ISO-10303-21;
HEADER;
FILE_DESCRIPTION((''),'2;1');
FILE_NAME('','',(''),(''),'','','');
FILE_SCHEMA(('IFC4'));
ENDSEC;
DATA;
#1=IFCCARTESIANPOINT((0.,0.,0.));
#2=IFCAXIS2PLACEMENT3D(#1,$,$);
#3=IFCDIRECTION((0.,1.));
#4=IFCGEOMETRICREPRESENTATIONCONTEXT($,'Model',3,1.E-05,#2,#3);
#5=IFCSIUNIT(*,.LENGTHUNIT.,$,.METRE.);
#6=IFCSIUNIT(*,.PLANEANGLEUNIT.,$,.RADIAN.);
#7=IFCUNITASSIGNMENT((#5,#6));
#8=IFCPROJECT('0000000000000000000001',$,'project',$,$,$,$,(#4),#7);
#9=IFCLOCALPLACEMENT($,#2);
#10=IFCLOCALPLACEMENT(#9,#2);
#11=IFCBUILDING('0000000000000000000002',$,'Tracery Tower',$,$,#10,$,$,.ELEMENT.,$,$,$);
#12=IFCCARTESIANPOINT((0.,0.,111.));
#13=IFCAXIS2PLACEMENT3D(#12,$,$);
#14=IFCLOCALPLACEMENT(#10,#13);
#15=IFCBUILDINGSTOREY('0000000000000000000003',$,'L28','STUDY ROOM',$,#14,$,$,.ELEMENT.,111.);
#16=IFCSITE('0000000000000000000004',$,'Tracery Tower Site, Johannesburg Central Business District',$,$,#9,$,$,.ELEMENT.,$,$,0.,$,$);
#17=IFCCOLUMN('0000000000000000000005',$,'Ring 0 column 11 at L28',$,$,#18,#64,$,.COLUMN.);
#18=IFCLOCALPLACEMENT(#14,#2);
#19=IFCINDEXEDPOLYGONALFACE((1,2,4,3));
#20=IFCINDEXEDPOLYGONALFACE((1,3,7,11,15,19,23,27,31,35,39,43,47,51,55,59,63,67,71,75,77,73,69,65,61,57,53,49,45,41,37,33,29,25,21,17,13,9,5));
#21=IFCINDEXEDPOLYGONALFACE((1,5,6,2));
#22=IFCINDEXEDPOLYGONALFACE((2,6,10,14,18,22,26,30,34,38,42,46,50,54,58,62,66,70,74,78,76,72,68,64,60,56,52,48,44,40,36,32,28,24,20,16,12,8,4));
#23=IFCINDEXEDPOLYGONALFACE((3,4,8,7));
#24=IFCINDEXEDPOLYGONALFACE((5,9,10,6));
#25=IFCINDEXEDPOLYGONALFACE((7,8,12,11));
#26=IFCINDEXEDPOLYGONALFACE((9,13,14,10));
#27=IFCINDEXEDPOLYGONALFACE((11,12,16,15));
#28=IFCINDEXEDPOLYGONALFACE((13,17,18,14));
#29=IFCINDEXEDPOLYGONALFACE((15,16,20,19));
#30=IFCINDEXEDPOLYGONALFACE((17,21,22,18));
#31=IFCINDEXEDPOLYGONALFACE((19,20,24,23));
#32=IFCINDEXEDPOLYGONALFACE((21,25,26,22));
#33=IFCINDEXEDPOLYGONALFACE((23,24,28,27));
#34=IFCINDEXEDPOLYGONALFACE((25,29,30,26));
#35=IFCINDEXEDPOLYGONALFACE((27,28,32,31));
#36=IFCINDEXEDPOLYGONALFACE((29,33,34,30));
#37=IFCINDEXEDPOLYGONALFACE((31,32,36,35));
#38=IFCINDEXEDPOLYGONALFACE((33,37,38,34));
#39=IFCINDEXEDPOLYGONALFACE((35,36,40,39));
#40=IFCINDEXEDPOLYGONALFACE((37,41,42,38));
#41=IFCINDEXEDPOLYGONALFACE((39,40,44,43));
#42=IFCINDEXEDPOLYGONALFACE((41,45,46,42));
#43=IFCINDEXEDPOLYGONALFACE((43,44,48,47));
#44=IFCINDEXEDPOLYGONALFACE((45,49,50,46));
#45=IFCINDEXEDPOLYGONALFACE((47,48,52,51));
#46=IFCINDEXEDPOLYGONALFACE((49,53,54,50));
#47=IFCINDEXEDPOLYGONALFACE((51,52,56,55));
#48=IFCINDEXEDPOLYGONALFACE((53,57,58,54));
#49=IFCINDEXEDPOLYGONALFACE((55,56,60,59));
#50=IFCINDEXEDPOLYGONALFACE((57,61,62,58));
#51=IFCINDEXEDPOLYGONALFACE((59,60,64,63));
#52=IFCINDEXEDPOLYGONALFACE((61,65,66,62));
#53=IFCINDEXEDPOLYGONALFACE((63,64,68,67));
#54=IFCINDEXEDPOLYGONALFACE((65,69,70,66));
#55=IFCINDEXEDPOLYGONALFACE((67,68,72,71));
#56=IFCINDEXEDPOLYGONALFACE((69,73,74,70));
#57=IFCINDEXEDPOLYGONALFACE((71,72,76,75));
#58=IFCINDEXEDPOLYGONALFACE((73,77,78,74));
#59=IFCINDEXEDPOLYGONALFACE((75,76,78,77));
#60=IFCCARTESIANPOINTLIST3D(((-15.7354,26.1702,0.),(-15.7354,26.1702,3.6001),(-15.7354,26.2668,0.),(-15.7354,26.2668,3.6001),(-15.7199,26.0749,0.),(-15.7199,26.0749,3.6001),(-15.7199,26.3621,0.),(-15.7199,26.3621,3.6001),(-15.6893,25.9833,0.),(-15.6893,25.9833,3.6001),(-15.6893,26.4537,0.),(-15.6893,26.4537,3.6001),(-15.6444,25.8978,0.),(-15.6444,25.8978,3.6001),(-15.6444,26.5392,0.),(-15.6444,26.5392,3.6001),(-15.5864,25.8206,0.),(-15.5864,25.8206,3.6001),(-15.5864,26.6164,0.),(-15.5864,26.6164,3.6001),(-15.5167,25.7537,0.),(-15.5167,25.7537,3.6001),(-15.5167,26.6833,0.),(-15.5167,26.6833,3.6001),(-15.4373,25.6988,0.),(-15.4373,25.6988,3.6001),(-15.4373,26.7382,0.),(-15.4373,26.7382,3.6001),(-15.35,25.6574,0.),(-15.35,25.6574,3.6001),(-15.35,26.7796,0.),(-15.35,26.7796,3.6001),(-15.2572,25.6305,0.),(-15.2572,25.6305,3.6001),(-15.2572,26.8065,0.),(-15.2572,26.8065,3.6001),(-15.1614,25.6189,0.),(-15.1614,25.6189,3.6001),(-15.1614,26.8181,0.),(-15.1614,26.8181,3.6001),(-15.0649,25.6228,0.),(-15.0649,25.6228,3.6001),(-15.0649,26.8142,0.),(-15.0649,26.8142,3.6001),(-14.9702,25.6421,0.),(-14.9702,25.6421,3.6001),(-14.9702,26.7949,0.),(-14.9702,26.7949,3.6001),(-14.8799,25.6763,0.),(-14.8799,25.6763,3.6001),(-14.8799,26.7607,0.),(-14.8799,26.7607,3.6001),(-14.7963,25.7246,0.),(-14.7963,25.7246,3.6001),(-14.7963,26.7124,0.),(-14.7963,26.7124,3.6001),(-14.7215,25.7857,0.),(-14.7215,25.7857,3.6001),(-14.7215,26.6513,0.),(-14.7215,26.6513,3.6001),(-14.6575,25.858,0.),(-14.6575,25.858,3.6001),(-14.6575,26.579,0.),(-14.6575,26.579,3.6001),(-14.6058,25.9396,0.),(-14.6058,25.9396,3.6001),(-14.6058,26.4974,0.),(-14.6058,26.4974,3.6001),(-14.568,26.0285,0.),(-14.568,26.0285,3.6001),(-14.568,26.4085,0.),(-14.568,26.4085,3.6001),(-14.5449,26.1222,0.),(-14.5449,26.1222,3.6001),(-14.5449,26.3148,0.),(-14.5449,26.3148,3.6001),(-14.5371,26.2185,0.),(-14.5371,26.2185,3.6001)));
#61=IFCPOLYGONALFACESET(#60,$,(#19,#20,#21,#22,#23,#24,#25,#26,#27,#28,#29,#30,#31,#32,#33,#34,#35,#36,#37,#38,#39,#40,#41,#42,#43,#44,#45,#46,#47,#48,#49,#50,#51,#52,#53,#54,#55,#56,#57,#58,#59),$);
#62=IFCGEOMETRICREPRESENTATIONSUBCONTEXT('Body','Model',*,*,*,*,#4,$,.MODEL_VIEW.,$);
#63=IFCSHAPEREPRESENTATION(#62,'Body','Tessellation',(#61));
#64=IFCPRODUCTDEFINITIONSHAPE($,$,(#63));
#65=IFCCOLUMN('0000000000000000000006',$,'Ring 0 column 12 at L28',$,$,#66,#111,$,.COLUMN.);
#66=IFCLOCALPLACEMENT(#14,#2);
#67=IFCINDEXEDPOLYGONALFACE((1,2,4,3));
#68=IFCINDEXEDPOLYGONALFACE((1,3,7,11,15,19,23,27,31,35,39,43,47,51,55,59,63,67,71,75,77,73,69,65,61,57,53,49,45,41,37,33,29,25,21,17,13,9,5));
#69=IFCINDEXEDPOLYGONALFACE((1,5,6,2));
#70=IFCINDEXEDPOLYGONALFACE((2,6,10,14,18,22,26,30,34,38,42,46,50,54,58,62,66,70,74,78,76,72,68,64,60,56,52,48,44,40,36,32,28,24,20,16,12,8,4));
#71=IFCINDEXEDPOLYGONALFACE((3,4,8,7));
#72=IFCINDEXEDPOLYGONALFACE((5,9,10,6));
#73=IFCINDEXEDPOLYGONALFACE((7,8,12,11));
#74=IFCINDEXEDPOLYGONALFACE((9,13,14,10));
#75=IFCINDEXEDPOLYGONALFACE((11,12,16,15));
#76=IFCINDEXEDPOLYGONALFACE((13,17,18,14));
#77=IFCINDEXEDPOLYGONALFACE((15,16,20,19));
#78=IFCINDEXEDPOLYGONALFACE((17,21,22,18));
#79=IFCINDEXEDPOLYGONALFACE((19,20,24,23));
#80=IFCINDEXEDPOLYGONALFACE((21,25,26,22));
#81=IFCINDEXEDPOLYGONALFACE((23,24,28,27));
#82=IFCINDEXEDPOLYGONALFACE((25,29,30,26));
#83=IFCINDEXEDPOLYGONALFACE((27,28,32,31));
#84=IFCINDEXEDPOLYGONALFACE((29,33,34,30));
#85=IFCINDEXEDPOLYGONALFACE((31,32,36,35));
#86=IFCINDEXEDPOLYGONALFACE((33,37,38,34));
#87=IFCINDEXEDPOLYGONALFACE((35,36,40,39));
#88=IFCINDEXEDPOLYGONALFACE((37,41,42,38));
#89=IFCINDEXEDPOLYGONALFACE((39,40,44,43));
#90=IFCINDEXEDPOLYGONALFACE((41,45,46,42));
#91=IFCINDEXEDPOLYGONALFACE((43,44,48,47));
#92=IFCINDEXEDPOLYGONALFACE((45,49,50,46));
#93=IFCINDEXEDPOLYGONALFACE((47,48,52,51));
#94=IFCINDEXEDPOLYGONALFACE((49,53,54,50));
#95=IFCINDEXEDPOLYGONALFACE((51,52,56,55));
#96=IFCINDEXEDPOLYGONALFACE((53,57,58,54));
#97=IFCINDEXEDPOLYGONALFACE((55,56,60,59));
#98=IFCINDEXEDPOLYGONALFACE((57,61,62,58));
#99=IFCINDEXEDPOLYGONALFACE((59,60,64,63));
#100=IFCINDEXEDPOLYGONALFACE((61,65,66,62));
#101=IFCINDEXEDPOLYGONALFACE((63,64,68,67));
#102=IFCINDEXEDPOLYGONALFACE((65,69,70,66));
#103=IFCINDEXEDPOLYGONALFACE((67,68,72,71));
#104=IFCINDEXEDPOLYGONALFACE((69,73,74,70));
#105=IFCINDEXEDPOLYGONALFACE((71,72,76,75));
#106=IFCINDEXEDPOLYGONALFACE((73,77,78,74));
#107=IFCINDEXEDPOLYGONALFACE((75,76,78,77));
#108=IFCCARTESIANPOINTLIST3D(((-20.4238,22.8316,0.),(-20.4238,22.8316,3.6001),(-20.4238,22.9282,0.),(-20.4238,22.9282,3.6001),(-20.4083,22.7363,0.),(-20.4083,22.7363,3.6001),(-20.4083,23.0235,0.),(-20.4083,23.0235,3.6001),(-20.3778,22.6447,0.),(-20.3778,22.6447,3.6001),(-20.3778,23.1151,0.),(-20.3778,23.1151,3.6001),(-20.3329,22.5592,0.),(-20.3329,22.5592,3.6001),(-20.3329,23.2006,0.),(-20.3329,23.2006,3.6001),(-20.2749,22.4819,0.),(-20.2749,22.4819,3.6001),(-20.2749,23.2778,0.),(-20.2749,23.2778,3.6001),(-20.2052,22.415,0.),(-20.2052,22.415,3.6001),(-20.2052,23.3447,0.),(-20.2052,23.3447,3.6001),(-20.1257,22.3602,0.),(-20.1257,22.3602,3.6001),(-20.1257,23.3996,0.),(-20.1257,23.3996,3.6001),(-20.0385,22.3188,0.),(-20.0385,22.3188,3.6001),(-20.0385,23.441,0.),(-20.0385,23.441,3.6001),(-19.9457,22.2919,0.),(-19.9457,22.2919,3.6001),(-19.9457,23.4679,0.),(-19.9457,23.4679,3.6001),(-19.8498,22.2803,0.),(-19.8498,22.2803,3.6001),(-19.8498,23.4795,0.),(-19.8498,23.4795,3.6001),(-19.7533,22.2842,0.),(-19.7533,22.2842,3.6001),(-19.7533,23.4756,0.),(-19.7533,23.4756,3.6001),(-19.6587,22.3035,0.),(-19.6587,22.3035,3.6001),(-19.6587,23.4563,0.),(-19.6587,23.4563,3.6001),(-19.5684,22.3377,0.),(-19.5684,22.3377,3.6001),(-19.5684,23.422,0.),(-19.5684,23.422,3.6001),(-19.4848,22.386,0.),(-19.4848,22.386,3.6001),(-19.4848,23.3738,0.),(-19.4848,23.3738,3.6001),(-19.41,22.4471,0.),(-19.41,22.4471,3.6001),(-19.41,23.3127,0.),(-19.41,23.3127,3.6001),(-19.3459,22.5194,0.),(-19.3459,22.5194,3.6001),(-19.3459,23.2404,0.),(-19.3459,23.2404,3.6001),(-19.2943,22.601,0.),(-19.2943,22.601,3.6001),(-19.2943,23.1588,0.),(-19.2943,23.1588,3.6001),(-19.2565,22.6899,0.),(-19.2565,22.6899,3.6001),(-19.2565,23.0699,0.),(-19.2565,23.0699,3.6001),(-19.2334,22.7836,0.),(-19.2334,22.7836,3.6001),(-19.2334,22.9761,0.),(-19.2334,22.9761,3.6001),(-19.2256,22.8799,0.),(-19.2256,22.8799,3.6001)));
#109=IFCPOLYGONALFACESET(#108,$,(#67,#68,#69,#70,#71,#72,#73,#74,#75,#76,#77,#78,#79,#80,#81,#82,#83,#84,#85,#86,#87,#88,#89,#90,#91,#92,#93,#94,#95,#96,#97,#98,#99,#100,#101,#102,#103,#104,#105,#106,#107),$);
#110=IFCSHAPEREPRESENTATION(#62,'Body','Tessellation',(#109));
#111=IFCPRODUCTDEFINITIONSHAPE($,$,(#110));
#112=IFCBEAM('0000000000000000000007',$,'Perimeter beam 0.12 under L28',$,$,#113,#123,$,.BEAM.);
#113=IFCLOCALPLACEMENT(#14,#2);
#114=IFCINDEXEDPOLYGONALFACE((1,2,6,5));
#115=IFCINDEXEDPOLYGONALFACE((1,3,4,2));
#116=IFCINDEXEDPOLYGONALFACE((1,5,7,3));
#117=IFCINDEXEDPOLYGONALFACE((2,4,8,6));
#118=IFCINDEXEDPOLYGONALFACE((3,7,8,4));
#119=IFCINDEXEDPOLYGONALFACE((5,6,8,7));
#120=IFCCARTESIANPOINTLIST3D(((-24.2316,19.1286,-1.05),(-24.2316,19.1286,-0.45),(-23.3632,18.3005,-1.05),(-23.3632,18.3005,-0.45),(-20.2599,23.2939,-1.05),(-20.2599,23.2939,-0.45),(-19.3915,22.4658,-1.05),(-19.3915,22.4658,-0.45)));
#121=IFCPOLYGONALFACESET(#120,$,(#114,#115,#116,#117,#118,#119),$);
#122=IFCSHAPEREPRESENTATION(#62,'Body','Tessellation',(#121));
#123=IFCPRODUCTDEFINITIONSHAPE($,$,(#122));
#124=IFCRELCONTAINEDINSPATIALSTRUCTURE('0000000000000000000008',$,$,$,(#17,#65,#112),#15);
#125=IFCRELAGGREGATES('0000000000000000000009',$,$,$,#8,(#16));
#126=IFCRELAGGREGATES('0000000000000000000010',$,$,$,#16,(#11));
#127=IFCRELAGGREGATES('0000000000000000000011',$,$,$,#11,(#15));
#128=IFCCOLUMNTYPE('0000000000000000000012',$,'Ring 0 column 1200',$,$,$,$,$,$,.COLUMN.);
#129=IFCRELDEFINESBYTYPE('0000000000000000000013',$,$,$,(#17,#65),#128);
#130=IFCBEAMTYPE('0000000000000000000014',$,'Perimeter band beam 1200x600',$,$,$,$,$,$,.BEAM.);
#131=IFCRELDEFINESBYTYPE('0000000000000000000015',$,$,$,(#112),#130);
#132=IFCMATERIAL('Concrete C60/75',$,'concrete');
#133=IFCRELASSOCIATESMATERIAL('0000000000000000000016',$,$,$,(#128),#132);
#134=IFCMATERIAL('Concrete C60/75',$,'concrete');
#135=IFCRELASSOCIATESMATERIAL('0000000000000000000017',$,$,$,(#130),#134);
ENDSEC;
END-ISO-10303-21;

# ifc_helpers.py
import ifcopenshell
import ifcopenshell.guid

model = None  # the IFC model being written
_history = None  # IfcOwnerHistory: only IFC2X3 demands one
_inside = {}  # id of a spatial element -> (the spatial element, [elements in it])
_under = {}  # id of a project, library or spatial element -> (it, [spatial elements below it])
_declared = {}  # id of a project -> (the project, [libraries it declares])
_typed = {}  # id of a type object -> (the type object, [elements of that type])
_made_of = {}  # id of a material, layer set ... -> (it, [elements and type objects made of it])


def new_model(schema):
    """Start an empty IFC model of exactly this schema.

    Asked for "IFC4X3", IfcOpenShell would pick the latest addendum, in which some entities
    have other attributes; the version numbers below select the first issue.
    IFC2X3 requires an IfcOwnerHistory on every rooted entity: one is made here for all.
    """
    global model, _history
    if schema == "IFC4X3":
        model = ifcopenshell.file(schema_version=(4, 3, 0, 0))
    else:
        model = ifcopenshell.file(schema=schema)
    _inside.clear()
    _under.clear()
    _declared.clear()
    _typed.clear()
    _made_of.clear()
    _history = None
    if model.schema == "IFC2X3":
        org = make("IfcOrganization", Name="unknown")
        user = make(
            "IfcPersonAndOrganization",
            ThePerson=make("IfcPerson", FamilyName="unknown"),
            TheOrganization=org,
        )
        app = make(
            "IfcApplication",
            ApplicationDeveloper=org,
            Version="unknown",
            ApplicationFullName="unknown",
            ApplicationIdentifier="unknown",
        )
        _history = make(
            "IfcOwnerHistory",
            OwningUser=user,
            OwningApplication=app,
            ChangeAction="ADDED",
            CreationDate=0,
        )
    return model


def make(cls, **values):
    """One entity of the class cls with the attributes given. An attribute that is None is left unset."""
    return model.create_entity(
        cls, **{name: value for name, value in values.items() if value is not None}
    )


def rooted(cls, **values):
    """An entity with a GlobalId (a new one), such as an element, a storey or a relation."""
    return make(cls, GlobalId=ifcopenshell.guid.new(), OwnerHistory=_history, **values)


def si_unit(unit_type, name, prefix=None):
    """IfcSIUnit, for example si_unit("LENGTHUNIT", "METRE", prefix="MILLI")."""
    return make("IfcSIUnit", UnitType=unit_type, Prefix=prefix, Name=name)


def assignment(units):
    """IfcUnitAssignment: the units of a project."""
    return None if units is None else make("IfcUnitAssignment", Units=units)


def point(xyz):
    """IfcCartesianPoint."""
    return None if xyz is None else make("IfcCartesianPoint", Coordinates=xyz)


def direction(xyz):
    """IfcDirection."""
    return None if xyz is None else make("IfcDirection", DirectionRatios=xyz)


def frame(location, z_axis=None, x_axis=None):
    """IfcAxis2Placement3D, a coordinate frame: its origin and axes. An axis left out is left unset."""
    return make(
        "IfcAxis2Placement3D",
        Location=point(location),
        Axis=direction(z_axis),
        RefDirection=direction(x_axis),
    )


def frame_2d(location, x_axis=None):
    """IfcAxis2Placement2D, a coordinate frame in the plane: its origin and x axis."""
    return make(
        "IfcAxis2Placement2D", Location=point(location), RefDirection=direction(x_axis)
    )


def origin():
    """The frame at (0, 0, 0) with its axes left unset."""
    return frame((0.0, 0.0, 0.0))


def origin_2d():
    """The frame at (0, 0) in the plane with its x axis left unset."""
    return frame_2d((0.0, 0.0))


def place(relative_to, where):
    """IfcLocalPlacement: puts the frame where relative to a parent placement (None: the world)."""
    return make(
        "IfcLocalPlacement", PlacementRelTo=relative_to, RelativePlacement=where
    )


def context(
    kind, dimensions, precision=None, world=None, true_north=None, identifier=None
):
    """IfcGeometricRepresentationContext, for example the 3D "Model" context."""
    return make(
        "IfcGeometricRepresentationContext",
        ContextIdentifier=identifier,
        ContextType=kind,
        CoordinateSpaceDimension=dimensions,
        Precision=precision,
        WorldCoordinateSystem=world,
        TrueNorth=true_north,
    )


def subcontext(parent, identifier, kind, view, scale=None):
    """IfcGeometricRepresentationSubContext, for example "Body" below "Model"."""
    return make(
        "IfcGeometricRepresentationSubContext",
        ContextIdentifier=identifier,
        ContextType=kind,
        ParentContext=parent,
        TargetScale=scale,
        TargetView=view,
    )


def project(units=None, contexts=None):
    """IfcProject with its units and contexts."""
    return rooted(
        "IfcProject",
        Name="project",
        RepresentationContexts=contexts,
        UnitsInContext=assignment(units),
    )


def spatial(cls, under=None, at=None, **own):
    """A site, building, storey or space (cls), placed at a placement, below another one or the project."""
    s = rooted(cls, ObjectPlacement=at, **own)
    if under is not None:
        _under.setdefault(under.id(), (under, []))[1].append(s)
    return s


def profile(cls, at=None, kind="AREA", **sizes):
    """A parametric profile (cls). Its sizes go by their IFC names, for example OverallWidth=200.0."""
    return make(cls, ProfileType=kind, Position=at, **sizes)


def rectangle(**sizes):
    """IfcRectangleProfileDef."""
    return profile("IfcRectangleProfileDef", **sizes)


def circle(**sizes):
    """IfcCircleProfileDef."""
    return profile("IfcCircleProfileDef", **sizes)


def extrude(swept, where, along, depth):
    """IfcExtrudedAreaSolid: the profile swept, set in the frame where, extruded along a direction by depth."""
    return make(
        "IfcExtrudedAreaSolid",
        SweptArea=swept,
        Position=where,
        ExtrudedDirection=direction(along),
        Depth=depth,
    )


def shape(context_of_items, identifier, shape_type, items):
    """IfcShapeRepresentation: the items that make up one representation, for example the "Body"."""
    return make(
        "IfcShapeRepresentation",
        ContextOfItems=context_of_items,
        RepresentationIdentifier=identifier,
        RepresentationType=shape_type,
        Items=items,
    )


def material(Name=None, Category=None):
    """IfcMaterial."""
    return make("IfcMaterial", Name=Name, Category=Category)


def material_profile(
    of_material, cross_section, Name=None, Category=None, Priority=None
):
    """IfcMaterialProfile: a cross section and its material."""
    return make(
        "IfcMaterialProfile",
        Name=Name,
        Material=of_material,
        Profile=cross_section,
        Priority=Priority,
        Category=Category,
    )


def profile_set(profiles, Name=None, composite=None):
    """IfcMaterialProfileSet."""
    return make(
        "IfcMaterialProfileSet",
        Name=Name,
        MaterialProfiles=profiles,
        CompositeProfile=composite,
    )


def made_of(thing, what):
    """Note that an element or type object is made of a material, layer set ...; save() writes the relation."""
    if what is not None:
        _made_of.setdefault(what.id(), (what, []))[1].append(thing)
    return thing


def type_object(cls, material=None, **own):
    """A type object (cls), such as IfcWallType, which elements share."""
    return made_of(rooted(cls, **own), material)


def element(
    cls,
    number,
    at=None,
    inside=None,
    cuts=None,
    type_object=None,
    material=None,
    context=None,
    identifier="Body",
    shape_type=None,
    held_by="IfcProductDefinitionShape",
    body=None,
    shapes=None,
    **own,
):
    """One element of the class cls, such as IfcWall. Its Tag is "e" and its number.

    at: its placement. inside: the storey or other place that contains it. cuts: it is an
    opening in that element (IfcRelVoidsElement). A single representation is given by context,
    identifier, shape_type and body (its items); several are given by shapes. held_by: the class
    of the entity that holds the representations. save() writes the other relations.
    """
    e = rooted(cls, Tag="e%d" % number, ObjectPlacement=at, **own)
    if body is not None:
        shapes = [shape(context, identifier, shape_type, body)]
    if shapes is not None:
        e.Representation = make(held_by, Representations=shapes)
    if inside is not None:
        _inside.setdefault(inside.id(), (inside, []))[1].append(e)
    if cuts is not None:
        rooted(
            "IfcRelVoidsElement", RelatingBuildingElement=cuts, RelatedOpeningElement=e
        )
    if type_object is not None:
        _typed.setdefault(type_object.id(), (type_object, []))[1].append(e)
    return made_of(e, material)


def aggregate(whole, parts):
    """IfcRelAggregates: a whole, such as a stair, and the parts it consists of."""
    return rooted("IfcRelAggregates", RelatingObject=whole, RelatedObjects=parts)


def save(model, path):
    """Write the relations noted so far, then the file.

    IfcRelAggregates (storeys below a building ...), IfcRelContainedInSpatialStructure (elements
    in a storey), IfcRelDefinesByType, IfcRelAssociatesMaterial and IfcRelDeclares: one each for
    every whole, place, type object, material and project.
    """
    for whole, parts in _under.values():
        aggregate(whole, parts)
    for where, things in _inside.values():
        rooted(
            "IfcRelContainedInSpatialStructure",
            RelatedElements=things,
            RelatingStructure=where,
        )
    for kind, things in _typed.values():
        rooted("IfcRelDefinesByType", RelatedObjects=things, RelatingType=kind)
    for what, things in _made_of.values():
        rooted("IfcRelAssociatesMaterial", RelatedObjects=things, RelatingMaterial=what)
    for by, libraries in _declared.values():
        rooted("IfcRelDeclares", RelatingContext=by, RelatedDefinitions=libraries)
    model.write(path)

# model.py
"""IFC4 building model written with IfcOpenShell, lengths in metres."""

from ifc_helpers import new_model, si_unit, direction, frame, origin, origin_2d, place, context, subcontext, project, spatial, rectangle, circle, extrude, material, material_profile, profile_set, type_object, element, save


model = new_model("IFC4")

# Units and contexts
model_context = context("Model", 3, precision=1e-05, world=origin(), true_north=direction((0.0, 1.0)))
body_context = subcontext(model_context, "Body", "Model", "MODEL_VIEW")
ifc_project = project(units=[si_unit("LENGTHUNIT", "METRE"), si_unit("PLANEANGLEUNIT", "RADIAN")], contexts=[model_context])

# Site, building, storey
site_placement = place(None, origin())
site = spatial("IfcSite", under=ifc_project, at=site_placement, Name="Tracery Tower Site, Johannesburg Central Business District", CompositionType="ELEMENT", RefElevation=0.0)
building_placement = place(site_placement, origin())
building = spatial("IfcBuilding", under=site, at=building_placement, Name="Tracery Tower", CompositionType="ELEMENT")
storey_placement = place(building_placement, frame((0.0, 0.0, 111.0)))
storey = spatial("IfcBuildingStorey", under=building, at=storey_placement, Name="L28", Description="STUDY ROOM", CompositionType="ELEMENT", Elevation=111.0)

# Columns
ifc_material_1 = material(Name="Concrete C60/75", Category="concrete")
ifc_material_profile_1 = material_profile(ifc_material_1, circle(Radius=0.6001, at=origin_2d()), Name="RC D1200")
ifc_profile_set_1 = profile_set([ifc_material_profile_1], Name="Concrete C60/75")
column_type = type_object("IfcColumnType", Name="Ring 0 column 1200", PredefinedType="COLUMN", material=ifc_profile_set_1)
for number, where, z_axis, x_axis, name in (
    (1, (-15.1372, 26.2185, 0.0), (0.0, 0.0, 1.0), (1.0, 0.0, 0.0), "Ring 0 column 11 at L28"),
    (2, (-19.8257, 22.8799, 0.0), (0.0, 0.0, 1.0), (1.0, 0.0, 0.0), "Ring 0 column 12 at L28"),
):
    element("IfcColumn", number, at=place(storey_placement, frame(where, z_axis=z_axis, x_axis=x_axis)), inside=storey, type_object=column_type, Name=name, PredefinedType="COLUMN", context=body_context, shape_type="SweptSolid", body=[
        extrude(circle(Radius=0.6001, at=origin_2d()), origin(), (0.0, 0.0, 1.0), 3.6001),
    ])

# Beam
ifc_material_2 = material(Name="Concrete C60/75", Category="concrete")
ifc_material_profile_2 = material_profile(ifc_material_2, rectangle(XDim=1.2, YDim=0.6001, at=origin_2d()), Name="RC 1200x600")
ifc_profile_set_2 = profile_set([ifc_material_profile_2], Name="Concrete C60/75")
beam_type = type_object("IfcBeamType", Name="Perimeter band beam 1200x600", PredefinedType="BEAM", material=ifc_profile_set_2)
beam_placement = place(storey_placement, frame((-19.8257, 22.8799, -0.75), z_axis=(-0.690087, -0.723726, 0.0), x_axis=(0.723726, -0.690087, 0.0)))
element("IfcBeam", 3, at=beam_placement, inside=storey, type_object=beam_type, Name="Perimeter beam 0.12 under L28", PredefinedType="BEAM", context=body_context, shape_type="SweptSolid", body=[
    extrude(rectangle(XDim=1.2, YDim=0.6001, at=origin_2d()), origin(), (0.0, 0.0, 1.0), 5.7554),
])

save(model, "model.ifc")
